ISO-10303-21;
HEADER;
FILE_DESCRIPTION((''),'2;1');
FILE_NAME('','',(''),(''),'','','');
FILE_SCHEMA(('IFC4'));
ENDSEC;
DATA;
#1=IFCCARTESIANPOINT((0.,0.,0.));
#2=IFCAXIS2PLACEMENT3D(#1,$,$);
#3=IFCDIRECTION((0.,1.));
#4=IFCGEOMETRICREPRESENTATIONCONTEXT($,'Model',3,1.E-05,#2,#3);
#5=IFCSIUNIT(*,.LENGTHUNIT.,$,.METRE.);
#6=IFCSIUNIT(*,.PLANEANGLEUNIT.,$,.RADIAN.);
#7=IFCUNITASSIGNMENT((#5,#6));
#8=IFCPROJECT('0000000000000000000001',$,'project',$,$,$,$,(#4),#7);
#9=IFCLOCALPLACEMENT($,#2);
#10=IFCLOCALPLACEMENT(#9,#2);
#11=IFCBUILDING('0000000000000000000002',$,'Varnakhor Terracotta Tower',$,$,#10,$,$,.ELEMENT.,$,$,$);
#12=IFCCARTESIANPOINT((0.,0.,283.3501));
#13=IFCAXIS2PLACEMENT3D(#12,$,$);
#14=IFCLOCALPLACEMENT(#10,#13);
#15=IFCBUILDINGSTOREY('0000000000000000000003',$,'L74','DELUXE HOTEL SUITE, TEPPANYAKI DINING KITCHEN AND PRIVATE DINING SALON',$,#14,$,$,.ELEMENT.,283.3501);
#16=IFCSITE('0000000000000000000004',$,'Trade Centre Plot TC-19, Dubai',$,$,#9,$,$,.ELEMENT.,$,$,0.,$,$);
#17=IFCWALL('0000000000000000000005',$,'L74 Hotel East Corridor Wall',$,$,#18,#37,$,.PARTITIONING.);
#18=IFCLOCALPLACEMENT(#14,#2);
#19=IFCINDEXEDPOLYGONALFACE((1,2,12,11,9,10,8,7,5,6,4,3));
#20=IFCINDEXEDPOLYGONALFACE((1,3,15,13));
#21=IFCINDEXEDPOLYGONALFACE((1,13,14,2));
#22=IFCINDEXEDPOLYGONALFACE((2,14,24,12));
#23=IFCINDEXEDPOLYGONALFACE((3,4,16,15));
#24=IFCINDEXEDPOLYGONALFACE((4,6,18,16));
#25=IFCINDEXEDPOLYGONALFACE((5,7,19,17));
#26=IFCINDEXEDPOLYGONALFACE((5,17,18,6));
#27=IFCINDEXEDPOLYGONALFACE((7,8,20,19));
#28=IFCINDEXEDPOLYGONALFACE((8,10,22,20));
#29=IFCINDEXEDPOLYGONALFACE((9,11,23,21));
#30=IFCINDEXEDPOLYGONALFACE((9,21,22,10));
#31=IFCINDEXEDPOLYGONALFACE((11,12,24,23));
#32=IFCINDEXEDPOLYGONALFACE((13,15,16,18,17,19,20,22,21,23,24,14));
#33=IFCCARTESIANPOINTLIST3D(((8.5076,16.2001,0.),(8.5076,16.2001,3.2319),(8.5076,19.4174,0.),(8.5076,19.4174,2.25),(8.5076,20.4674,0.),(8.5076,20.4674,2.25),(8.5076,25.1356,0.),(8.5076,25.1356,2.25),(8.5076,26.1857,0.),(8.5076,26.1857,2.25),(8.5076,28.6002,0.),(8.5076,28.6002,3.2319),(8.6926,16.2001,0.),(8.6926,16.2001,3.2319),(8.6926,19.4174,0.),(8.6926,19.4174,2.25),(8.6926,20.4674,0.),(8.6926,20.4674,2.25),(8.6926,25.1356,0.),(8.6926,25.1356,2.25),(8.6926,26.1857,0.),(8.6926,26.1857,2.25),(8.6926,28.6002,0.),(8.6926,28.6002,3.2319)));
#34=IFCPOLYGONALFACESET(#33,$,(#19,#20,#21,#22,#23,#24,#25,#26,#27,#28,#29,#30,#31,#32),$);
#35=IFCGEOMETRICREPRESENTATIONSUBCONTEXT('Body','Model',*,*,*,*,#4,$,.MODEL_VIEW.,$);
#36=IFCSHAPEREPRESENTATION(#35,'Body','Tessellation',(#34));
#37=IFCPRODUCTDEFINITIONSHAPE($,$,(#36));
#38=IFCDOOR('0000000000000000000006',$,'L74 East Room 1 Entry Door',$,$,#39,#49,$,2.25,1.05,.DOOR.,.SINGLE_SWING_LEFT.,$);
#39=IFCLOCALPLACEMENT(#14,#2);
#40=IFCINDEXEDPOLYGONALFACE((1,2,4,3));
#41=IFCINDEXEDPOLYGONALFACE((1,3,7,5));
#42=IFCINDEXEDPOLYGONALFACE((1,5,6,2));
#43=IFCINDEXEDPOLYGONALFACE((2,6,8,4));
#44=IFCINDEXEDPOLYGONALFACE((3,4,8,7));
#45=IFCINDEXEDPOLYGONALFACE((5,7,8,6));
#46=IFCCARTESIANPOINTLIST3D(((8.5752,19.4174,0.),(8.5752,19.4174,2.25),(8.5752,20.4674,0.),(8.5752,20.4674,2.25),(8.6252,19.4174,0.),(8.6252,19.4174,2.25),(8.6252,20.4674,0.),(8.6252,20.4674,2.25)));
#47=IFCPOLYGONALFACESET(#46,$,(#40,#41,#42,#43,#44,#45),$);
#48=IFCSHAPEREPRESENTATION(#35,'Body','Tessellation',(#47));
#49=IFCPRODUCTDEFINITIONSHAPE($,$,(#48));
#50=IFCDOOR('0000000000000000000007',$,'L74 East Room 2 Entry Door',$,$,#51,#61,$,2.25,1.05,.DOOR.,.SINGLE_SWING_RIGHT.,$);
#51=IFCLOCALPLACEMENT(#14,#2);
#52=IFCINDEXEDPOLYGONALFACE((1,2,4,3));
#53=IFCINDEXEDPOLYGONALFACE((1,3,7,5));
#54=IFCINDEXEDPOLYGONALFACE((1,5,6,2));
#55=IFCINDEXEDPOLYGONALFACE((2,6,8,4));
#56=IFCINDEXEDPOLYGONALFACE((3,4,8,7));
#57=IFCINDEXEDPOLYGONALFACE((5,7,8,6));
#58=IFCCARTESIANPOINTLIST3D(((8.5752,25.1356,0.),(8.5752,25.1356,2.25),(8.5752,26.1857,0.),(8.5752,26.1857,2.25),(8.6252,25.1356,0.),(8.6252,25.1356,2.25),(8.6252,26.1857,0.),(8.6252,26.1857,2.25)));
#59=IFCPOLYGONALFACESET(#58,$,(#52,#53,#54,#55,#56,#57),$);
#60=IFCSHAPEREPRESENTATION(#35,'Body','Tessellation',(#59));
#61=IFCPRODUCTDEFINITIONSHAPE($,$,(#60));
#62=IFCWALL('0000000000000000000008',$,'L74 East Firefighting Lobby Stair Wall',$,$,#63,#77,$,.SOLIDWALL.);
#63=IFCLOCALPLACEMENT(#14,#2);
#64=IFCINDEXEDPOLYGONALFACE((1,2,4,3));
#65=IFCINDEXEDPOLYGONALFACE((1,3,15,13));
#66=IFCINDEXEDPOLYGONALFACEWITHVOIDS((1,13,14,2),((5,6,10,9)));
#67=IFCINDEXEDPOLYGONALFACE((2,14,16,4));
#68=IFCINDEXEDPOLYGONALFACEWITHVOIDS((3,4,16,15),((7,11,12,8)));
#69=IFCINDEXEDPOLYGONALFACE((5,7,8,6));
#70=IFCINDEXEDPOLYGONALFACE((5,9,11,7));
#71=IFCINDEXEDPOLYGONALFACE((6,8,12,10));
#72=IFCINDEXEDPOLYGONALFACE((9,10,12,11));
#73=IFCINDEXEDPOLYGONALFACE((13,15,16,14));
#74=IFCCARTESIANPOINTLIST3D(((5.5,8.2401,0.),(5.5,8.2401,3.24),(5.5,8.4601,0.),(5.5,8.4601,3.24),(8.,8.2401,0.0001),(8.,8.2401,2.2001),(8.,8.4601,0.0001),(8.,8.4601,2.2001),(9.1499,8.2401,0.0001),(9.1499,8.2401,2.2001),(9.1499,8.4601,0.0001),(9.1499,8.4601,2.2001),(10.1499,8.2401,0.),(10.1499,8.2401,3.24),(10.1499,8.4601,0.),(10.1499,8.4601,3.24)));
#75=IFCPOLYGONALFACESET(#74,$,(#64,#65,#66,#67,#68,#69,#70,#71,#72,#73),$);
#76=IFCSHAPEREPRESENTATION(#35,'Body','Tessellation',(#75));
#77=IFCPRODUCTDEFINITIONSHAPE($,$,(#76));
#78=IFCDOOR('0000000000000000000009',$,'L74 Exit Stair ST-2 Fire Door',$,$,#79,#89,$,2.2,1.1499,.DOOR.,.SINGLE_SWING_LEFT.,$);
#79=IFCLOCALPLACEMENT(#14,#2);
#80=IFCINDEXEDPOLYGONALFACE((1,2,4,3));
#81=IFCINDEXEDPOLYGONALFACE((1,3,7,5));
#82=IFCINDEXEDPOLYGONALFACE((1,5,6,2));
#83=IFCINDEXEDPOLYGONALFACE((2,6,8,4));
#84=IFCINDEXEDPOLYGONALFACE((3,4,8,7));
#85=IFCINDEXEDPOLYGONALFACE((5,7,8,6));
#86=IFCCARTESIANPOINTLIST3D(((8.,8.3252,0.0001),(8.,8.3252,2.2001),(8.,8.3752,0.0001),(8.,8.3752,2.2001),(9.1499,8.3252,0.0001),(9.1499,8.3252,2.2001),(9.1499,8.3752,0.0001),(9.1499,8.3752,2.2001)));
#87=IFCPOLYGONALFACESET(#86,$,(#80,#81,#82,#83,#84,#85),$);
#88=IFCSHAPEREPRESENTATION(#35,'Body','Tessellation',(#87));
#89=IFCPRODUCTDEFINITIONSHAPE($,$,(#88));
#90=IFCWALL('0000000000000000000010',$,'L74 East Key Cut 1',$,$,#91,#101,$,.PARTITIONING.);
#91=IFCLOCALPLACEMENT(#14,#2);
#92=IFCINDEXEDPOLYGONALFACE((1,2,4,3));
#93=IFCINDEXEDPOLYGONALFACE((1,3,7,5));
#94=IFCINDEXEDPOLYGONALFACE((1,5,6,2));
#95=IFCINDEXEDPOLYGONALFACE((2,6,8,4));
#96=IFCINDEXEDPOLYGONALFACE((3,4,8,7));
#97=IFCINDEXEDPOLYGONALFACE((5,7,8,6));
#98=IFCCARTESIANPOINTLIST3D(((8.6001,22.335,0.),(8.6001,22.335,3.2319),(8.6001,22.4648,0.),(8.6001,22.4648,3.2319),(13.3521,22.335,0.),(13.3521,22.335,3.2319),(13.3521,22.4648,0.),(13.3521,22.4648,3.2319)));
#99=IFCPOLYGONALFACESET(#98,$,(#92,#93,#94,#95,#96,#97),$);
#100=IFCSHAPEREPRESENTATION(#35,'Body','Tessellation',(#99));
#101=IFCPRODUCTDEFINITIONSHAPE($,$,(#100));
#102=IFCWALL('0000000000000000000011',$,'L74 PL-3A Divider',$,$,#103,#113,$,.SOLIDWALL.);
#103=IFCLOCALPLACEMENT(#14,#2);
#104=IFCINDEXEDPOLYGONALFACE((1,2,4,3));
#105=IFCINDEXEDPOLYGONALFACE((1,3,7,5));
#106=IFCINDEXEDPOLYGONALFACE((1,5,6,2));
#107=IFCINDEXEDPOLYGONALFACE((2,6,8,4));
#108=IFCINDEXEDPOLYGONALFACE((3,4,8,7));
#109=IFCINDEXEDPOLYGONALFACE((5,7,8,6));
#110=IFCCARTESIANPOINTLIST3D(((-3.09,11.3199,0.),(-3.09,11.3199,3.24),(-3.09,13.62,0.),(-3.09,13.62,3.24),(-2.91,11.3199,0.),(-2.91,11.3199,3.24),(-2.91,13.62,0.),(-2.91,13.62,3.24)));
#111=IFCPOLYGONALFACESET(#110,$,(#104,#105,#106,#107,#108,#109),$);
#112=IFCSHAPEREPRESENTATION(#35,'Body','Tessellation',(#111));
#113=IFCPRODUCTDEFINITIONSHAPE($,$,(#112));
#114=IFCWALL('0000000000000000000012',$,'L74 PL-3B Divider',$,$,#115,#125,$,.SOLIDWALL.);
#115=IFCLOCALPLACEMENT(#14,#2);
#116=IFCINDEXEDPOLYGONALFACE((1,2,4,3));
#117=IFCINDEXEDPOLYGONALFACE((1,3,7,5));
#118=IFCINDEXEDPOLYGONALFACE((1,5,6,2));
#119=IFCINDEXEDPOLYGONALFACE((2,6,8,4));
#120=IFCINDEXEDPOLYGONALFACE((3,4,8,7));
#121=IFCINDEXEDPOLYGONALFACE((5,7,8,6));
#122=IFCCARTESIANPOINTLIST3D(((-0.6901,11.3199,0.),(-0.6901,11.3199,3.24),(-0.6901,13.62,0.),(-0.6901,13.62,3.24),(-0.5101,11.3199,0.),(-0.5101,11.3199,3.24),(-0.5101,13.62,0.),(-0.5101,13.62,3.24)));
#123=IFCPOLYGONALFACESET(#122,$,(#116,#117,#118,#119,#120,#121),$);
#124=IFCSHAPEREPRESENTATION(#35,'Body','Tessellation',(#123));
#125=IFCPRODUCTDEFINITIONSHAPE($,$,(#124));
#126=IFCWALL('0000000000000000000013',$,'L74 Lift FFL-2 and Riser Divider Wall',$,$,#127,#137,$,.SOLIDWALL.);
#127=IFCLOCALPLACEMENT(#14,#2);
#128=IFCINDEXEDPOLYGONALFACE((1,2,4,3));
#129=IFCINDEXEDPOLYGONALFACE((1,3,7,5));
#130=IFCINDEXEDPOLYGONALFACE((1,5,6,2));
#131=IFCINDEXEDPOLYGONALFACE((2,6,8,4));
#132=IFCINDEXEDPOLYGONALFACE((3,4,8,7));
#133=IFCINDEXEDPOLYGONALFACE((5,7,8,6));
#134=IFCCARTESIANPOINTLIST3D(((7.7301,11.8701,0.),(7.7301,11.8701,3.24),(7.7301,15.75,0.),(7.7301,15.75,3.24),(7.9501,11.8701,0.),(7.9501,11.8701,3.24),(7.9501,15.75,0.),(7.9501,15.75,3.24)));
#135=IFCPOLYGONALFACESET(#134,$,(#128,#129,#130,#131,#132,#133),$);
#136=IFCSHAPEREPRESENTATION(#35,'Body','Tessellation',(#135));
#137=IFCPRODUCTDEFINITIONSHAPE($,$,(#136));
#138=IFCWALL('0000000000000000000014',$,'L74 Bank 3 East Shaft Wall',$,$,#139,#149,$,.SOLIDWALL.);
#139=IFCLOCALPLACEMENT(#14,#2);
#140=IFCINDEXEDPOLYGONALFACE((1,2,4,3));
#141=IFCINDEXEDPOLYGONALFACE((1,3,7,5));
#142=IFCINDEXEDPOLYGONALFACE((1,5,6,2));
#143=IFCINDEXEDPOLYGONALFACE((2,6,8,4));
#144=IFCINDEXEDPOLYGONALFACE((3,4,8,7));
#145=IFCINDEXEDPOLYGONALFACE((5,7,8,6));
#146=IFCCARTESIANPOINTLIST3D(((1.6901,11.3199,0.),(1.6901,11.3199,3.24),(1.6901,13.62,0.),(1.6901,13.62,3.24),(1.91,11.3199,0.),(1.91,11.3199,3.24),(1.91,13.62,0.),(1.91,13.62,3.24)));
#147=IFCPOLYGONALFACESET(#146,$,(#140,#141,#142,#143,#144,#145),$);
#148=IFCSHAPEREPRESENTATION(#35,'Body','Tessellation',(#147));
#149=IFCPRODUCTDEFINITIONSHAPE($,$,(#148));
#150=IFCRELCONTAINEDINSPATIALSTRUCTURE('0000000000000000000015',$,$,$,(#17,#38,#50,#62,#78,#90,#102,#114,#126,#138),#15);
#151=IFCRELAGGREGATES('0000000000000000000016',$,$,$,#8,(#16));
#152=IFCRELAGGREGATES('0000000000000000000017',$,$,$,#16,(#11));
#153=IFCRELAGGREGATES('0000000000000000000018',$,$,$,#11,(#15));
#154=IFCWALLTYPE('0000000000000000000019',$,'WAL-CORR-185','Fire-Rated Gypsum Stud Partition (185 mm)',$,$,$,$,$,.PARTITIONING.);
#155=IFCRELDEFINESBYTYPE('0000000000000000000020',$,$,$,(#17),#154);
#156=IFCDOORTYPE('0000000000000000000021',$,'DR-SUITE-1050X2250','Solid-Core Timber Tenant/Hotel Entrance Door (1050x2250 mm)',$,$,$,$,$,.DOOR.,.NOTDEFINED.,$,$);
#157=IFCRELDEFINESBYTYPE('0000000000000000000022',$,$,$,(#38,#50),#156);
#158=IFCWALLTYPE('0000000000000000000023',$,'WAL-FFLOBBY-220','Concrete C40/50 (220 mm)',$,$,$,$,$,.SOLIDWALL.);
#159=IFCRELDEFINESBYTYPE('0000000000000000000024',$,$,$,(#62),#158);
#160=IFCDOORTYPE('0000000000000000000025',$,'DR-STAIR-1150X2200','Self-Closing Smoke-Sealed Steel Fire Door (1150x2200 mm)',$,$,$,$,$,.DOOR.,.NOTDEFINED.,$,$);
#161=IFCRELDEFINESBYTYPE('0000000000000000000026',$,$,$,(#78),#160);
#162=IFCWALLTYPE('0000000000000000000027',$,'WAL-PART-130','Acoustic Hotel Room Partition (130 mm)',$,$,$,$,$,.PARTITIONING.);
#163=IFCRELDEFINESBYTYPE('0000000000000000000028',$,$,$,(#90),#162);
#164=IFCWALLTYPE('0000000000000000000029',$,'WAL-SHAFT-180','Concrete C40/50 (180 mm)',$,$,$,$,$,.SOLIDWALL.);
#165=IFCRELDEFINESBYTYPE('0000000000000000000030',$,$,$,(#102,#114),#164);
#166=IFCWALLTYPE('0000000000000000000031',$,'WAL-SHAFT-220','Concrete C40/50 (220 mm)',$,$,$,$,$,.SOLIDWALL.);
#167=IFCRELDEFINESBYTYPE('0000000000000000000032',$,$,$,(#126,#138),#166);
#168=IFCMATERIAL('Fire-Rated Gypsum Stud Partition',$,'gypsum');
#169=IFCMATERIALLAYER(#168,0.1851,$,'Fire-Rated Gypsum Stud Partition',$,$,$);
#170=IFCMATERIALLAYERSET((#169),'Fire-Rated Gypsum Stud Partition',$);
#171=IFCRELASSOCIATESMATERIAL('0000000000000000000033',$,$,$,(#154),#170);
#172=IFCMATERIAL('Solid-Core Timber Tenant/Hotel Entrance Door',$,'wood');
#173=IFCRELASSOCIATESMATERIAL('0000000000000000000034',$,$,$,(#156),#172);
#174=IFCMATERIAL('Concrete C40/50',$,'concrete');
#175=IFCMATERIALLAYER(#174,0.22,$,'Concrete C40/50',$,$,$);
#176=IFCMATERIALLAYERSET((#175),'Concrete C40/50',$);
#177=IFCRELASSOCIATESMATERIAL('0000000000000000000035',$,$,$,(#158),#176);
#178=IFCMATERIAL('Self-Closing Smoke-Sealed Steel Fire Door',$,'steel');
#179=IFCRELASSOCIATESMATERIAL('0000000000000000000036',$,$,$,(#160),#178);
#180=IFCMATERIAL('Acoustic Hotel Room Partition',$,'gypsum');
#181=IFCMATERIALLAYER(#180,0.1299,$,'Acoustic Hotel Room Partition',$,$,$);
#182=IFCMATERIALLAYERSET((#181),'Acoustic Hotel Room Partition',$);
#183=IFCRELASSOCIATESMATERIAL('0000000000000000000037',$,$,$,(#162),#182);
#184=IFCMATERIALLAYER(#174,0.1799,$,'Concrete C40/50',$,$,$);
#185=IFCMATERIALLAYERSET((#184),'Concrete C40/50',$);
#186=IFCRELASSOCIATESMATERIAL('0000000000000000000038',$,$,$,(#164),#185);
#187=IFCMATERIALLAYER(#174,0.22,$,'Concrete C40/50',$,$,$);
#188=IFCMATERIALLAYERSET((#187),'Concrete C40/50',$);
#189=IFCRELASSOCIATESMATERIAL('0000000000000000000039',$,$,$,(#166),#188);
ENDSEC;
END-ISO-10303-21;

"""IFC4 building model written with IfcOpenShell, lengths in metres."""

from ifc_helpers import new_model, si_unit, direction, frame, frame_2d, origin, place, context, subcontext, project, spatial, rectangle, extrude, source, transform, mapped, material, layer, layer_set, type_object, type_shapes, element, fill, save


model = new_model("IFC4")

# Units and contexts
model_context = context("Model", 3, precision=1e-05, world=origin(), true_north=direction((0.0, 1.0)))
body_context = subcontext(model_context, "Body", "Model", "MODEL_VIEW")
ifc_project = project(units=[si_unit("LENGTHUNIT", "METRE"), si_unit("PLANEANGLEUNIT", "RADIAN")], contexts=[model_context])

# Site, building, storey
site_placement = place(None, origin())
site = spatial("IfcSite", under=ifc_project, at=site_placement, Name="Trade Centre Plot TC-19, Dubai", CompositionType="ELEMENT", RefElevation=0.0)
building_placement = place(site_placement, origin())
building = spatial("IfcBuilding", under=site, at=building_placement, Name="Varnakhor Terracotta Tower", CompositionType="ELEMENT")
storey_placement = place(building_placement, frame((0.0, 0.0, 283.3501)))
storey = spatial("IfcBuildingStorey", under=building, at=storey_placement, Name="L74", Description="DELUXE HOTEL SUITE, TEPPANYAKI DINING KITCHEN AND PRIVATE DINING SALON", CompositionType="ELEMENT", Elevation=283.3501)

# Shared definitions
ifc_material_1 = material(Name="Fire-Rated Gypsum Stud Partition", Category="gypsum")
ifc_layer_1 = layer(ifc_material_1, 0.1851, Name="Fire-Rated Gypsum Stud Partition")
ifc_layer_set_1 = layer_set([ifc_layer_1], Name="Fire-Rated Gypsum Stud Partition")
wall_type_1 = type_object("IfcWallType", Name="WAL-CORR-185", Description="Fire-Rated Gypsum Stud Partition (185 mm)", PredefinedType="PARTITIONING", material=ifc_layer_set_1)

# Wall, openings, doors
wall_1_placement = place(storey_placement, frame((8.6001, 16.2, 0.0), z_axis=(0.0, 0.0, 1.0), x_axis=(0.0, 1.0, 0.0)))
wall_1 = element("IfcWall", 1, at=wall_1_placement, inside=storey, type_object=wall_type_1, Name="L74 Hotel East Corridor Wall", PredefinedType="PARTITIONING", context=body_context, shape_type="SweptSolid", body=[
    extrude(rectangle(XDim=12.4001, YDim=0.1851, at=frame_2d((6.2002, 0.0))), origin(), (0.0, 0.0, 1.0), 3.2319),
])
opening_1_placement = place(wall_1_placement, frame((3.2175, 0.0, 0.0)))
opening_1 = element("IfcOpeningElement", 2, at=opening_1_placement, cuts=wall_1, PredefinedType="OPENING", context=body_context, shape_type="SweptSolid", body=[
    extrude(rectangle(XDim=1.05, YDim=2.25, at=frame_2d((0.5249, 1.125))), frame((0.0, 0.1025, 0.0), z_axis=(0.0, -1.0, 0.0), x_axis=(1.0, 0.0, 0.0)), (0.0, 0.0, 1.0), 0.2051),
])
opening_2_placement = place(wall_1_placement, frame((8.9358, 0.0, 0.0)))
opening_2 = element("IfcOpeningElement", 3, at=opening_2_placement, cuts=wall_1, PredefinedType="OPENING", context=body_context, shape_type="SweptSolid", body=[
    extrude(rectangle(XDim=1.05, YDim=2.25, at=frame_2d((0.5249, 1.125))), frame((0.0, 0.1025, 0.0), z_axis=(0.0, -1.0, 0.0), x_axis=(1.0, 0.0, 0.0)), (0.0, 0.0, 1.0), 0.2051),
])
ifc_material_2 = material(Name="Solid-Core Timber Tenant/Hotel Entrance Door", Category="wood")
door_type_1 = type_object("IfcDoorType", Name="DR-SUITE-1050X2250", Description="Solid-Core Timber Tenant/Hotel Entrance Door (1050x2250 mm)", OperationType="NOTDEFINED", PredefinedType="DOOR", material=ifc_material_2)
shared_shape_1 = source(origin(), body_context, "Body", "SweptSolid", [
    extrude(rectangle(XDim=1.05, YDim=2.25, at=frame_2d((0.5249, 1.125))), frame((0.0, 0.0249, 0.0), z_axis=(0.0, -1.0, 0.0), x_axis=(1.0, 0.0, 0.0)), (0.0, 0.0, 1.0), 0.05),
])
type_shapes(door_type_1, [shared_shape_1])
door_1_placement = place(opening_1_placement, origin())
door_1 = element("IfcDoor", 4, at=door_1_placement, inside=storey, type_object=door_type_1, Name="L74 East Room 1 Entry Door", OperationType="SINGLE_SWING_LEFT", OverallHeight=2.25, OverallWidth=1.05, PredefinedType="DOOR", context=body_context, shape_type="MappedRepresentation", body=[
    mapped(shared_shape_1, transform((0.0, 0.0, 0.0), scale=1.0)),
])
fill(opening_1, door_1)
door_2_placement = place(opening_2_placement, origin())
door_2 = element("IfcDoor", 5, at=door_2_placement, inside=storey, type_object=door_type_1, Name="L74 East Room 2 Entry Door", OperationType="SINGLE_SWING_RIGHT", OverallHeight=2.25, OverallWidth=1.05, PredefinedType="DOOR", context=body_context, shape_type="MappedRepresentation", body=[
    mapped(shared_shape_1, transform((0.0, 0.0, 0.0), scale=1.0)),
])
fill(opening_2, door_2)

# Wall, opening, door
ifc_material_3 = material(Name="Concrete C40/50", Category="concrete")
ifc_layer_2 = layer(ifc_material_3, 0.22, Name="Concrete C40/50")
ifc_layer_set_2 = layer_set([ifc_layer_2], Name="Concrete C40/50")
wall_type_2 = type_object("IfcWallType", Name="WAL-FFLOBBY-220", Description="Concrete C40/50 (220 mm)", PredefinedType="SOLIDWALL", material=ifc_layer_set_2)
wall_2_placement = place(storey_placement, frame((10.1499, 8.3501, 0.0), z_axis=(0.0, 0.0, 1.0), x_axis=(-1.0, 0.0, 0.0)))
wall_2 = element("IfcWall", 6, at=wall_2_placement, inside=storey, type_object=wall_type_2, Name="L74 East Firefighting Lobby Stair Wall", PredefinedType="SOLIDWALL", context=body_context, shape_type="SweptSolid", body=[
    extrude(rectangle(XDim=4.6499, YDim=0.22, at=frame_2d((2.325, 0.0))), origin(), (0.0, 0.0, 1.0), 3.24),
])
opening_3_placement = place(wall_2_placement, frame((1.0, 0.0, 0.0)))
opening_3 = element("IfcOpeningElement", 7, at=opening_3_placement, cuts=wall_2, PredefinedType="OPENING", context=body_context, shape_type="SweptSolid", body=[
    extrude(rectangle(XDim=1.1499, YDim=2.2, at=frame_2d((0.575, 1.1001))), frame((0.0, 0.1201, 0.0), z_axis=(0.0, -1.0, 0.0), x_axis=(1.0, 0.0, 0.0)), (0.0, 0.0, 1.0), 0.24),
])
ifc_material_4 = material(Name="Self-Closing Smoke-Sealed Steel Fire Door", Category="steel")
door_type_2 = type_object("IfcDoorType", Name="DR-STAIR-1150X2200", Description="Self-Closing Smoke-Sealed Steel Fire Door (1150x2200 mm)", OperationType="NOTDEFINED", PredefinedType="DOOR", material=ifc_material_4)
shared_shape_2 = source(origin(), body_context, "Body", "SweptSolid", [
    extrude(rectangle(XDim=1.1499, YDim=2.2, at=frame_2d((0.575, 1.1001))), frame((0.0, 0.0249, 0.0), z_axis=(0.0, -1.0, 0.0), x_axis=(1.0, 0.0, 0.0)), (0.0, 0.0, 1.0), 0.05),
])
type_shapes(door_type_2, [shared_shape_2])
door_3_placement = place(opening_3_placement, origin())
door_3 = element("IfcDoor", 8, at=door_3_placement, inside=storey, type_object=door_type_2, Name="L74 Exit Stair ST-2 Fire Door", OperationType="SINGLE_SWING_LEFT", OverallHeight=2.2, OverallWidth=1.1499, PredefinedType="DOOR", context=body_context, shape_type="MappedRepresentation", body=[
    mapped(shared_shape_2, transform((0.0, 0.0, 0.0), scale=1.0)),
])
fill(opening_3, door_3)

# Walls
ifc_material_5 = material(Name="Acoustic Hotel Room Partition", Category="gypsum")
ifc_layer_3 = layer(ifc_material_5, 0.1299, Name="Acoustic Hotel Room Partition")
ifc_layer_set_3 = layer_set([ifc_layer_3], Name="Acoustic Hotel Room Partition")
wall_type_3 = type_object("IfcWallType", Name="WAL-PART-130", Description="Acoustic Hotel Room Partition (130 mm)", PredefinedType="PARTITIONING", material=ifc_layer_set_3)
wall_3_placement = place(storey_placement, frame((8.6001, 22.3999, 0.0), z_axis=(0.0, 0.0, 1.0), x_axis=(1.0, 0.0, 0.0)))
element("IfcWall", 9, at=wall_3_placement, inside=storey, type_object=wall_type_3, Name="L74 East Key Cut 1", PredefinedType="PARTITIONING", context=body_context, shape_type="SweptSolid", body=[
    extrude(rectangle(XDim=4.752, YDim=0.1299, at=frame_2d((2.376, 0.0))), origin(), (0.0, 0.0, 1.0), 3.2319),
])
ifc_layer_4 = layer(ifc_material_3, 0.1799, Name="Concrete C40/50")
ifc_layer_set_4 = layer_set([ifc_layer_4], Name="Concrete C40/50")
wall_type_4 = type_object("IfcWallType", Name="WAL-SHAFT-180", Description="Concrete C40/50 (180 mm)", PredefinedType="SOLIDWALL", material=ifc_layer_set_4)
for number, where, z_axis, x_axis, name in (
    (10, (-3.0, 11.3201, 0.0), (0.0, 0.0, 1.0), (0.0, 1.0, 0.0), "L74 PL-3A Divider"),
    (11, (-0.6001, 11.3201, 0.0), (0.0, 0.0, 1.0), (0.0, 1.0, 0.0), "L74 PL-3B Divider"),
):
    element("IfcWall", number, at=place(storey_placement, frame(where, z_axis=z_axis, x_axis=x_axis)), inside=storey, type_object=wall_type_4, Name=name, PredefinedType="SOLIDWALL", context=body_context, shape_type="SweptSolid", body=[
        extrude(rectangle(XDim=2.3, YDim=0.1799, at=frame_2d((1.1499, 0.0))), origin(), (0.0, 0.0, 1.0), 3.24),
    ])
ifc_layer_5 = layer(ifc_material_3, 0.22, Name="Concrete C40/50")
ifc_layer_set_5 = layer_set([ifc_layer_5], Name="Concrete C40/50")
wall_type_5 = type_object("IfcWallType", Name="WAL-SHAFT-220", Description="Concrete C40/50 (220 mm)", PredefinedType="SOLIDWALL", material=ifc_layer_set_5)
wall_4_placement = place(storey_placement, frame((7.8401, 11.8701, 0.0), z_axis=(0.0, 0.0, 1.0), x_axis=(0.0, 1.0, 0.0)))
element("IfcWall", 12, at=wall_4_placement, inside=storey, type_object=wall_type_5, Name="L74 Lift FFL-2 and Riser Divider Wall", PredefinedType="SOLIDWALL", context=body_context, shape_type="SweptSolid", body=[
    extrude(rectangle(XDim=3.8799, YDim=0.22, at=frame_2d((1.9399, 0.0))), origin(), (0.0, 0.0, 1.0), 3.24),
])
wall_5_placement = place(storey_placement, frame((1.8, 11.3201, 0.0), z_axis=(0.0, 0.0, 1.0), x_axis=(0.0, 1.0, 0.0)))
element("IfcWall", 13, at=wall_5_placement, inside=storey, type_object=wall_type_5, Name="L74 Bank 3 East Shaft Wall", PredefinedType="SOLIDWALL", context=body_context, shape_type="SweptSolid", body=[
    extrude(rectangle(XDim=2.3, YDim=0.22, at=frame_2d((1.1499, 0.0))), origin(), (0.0, 0.0, 1.0), 3.24),
])

save(model, "model.ifc")
